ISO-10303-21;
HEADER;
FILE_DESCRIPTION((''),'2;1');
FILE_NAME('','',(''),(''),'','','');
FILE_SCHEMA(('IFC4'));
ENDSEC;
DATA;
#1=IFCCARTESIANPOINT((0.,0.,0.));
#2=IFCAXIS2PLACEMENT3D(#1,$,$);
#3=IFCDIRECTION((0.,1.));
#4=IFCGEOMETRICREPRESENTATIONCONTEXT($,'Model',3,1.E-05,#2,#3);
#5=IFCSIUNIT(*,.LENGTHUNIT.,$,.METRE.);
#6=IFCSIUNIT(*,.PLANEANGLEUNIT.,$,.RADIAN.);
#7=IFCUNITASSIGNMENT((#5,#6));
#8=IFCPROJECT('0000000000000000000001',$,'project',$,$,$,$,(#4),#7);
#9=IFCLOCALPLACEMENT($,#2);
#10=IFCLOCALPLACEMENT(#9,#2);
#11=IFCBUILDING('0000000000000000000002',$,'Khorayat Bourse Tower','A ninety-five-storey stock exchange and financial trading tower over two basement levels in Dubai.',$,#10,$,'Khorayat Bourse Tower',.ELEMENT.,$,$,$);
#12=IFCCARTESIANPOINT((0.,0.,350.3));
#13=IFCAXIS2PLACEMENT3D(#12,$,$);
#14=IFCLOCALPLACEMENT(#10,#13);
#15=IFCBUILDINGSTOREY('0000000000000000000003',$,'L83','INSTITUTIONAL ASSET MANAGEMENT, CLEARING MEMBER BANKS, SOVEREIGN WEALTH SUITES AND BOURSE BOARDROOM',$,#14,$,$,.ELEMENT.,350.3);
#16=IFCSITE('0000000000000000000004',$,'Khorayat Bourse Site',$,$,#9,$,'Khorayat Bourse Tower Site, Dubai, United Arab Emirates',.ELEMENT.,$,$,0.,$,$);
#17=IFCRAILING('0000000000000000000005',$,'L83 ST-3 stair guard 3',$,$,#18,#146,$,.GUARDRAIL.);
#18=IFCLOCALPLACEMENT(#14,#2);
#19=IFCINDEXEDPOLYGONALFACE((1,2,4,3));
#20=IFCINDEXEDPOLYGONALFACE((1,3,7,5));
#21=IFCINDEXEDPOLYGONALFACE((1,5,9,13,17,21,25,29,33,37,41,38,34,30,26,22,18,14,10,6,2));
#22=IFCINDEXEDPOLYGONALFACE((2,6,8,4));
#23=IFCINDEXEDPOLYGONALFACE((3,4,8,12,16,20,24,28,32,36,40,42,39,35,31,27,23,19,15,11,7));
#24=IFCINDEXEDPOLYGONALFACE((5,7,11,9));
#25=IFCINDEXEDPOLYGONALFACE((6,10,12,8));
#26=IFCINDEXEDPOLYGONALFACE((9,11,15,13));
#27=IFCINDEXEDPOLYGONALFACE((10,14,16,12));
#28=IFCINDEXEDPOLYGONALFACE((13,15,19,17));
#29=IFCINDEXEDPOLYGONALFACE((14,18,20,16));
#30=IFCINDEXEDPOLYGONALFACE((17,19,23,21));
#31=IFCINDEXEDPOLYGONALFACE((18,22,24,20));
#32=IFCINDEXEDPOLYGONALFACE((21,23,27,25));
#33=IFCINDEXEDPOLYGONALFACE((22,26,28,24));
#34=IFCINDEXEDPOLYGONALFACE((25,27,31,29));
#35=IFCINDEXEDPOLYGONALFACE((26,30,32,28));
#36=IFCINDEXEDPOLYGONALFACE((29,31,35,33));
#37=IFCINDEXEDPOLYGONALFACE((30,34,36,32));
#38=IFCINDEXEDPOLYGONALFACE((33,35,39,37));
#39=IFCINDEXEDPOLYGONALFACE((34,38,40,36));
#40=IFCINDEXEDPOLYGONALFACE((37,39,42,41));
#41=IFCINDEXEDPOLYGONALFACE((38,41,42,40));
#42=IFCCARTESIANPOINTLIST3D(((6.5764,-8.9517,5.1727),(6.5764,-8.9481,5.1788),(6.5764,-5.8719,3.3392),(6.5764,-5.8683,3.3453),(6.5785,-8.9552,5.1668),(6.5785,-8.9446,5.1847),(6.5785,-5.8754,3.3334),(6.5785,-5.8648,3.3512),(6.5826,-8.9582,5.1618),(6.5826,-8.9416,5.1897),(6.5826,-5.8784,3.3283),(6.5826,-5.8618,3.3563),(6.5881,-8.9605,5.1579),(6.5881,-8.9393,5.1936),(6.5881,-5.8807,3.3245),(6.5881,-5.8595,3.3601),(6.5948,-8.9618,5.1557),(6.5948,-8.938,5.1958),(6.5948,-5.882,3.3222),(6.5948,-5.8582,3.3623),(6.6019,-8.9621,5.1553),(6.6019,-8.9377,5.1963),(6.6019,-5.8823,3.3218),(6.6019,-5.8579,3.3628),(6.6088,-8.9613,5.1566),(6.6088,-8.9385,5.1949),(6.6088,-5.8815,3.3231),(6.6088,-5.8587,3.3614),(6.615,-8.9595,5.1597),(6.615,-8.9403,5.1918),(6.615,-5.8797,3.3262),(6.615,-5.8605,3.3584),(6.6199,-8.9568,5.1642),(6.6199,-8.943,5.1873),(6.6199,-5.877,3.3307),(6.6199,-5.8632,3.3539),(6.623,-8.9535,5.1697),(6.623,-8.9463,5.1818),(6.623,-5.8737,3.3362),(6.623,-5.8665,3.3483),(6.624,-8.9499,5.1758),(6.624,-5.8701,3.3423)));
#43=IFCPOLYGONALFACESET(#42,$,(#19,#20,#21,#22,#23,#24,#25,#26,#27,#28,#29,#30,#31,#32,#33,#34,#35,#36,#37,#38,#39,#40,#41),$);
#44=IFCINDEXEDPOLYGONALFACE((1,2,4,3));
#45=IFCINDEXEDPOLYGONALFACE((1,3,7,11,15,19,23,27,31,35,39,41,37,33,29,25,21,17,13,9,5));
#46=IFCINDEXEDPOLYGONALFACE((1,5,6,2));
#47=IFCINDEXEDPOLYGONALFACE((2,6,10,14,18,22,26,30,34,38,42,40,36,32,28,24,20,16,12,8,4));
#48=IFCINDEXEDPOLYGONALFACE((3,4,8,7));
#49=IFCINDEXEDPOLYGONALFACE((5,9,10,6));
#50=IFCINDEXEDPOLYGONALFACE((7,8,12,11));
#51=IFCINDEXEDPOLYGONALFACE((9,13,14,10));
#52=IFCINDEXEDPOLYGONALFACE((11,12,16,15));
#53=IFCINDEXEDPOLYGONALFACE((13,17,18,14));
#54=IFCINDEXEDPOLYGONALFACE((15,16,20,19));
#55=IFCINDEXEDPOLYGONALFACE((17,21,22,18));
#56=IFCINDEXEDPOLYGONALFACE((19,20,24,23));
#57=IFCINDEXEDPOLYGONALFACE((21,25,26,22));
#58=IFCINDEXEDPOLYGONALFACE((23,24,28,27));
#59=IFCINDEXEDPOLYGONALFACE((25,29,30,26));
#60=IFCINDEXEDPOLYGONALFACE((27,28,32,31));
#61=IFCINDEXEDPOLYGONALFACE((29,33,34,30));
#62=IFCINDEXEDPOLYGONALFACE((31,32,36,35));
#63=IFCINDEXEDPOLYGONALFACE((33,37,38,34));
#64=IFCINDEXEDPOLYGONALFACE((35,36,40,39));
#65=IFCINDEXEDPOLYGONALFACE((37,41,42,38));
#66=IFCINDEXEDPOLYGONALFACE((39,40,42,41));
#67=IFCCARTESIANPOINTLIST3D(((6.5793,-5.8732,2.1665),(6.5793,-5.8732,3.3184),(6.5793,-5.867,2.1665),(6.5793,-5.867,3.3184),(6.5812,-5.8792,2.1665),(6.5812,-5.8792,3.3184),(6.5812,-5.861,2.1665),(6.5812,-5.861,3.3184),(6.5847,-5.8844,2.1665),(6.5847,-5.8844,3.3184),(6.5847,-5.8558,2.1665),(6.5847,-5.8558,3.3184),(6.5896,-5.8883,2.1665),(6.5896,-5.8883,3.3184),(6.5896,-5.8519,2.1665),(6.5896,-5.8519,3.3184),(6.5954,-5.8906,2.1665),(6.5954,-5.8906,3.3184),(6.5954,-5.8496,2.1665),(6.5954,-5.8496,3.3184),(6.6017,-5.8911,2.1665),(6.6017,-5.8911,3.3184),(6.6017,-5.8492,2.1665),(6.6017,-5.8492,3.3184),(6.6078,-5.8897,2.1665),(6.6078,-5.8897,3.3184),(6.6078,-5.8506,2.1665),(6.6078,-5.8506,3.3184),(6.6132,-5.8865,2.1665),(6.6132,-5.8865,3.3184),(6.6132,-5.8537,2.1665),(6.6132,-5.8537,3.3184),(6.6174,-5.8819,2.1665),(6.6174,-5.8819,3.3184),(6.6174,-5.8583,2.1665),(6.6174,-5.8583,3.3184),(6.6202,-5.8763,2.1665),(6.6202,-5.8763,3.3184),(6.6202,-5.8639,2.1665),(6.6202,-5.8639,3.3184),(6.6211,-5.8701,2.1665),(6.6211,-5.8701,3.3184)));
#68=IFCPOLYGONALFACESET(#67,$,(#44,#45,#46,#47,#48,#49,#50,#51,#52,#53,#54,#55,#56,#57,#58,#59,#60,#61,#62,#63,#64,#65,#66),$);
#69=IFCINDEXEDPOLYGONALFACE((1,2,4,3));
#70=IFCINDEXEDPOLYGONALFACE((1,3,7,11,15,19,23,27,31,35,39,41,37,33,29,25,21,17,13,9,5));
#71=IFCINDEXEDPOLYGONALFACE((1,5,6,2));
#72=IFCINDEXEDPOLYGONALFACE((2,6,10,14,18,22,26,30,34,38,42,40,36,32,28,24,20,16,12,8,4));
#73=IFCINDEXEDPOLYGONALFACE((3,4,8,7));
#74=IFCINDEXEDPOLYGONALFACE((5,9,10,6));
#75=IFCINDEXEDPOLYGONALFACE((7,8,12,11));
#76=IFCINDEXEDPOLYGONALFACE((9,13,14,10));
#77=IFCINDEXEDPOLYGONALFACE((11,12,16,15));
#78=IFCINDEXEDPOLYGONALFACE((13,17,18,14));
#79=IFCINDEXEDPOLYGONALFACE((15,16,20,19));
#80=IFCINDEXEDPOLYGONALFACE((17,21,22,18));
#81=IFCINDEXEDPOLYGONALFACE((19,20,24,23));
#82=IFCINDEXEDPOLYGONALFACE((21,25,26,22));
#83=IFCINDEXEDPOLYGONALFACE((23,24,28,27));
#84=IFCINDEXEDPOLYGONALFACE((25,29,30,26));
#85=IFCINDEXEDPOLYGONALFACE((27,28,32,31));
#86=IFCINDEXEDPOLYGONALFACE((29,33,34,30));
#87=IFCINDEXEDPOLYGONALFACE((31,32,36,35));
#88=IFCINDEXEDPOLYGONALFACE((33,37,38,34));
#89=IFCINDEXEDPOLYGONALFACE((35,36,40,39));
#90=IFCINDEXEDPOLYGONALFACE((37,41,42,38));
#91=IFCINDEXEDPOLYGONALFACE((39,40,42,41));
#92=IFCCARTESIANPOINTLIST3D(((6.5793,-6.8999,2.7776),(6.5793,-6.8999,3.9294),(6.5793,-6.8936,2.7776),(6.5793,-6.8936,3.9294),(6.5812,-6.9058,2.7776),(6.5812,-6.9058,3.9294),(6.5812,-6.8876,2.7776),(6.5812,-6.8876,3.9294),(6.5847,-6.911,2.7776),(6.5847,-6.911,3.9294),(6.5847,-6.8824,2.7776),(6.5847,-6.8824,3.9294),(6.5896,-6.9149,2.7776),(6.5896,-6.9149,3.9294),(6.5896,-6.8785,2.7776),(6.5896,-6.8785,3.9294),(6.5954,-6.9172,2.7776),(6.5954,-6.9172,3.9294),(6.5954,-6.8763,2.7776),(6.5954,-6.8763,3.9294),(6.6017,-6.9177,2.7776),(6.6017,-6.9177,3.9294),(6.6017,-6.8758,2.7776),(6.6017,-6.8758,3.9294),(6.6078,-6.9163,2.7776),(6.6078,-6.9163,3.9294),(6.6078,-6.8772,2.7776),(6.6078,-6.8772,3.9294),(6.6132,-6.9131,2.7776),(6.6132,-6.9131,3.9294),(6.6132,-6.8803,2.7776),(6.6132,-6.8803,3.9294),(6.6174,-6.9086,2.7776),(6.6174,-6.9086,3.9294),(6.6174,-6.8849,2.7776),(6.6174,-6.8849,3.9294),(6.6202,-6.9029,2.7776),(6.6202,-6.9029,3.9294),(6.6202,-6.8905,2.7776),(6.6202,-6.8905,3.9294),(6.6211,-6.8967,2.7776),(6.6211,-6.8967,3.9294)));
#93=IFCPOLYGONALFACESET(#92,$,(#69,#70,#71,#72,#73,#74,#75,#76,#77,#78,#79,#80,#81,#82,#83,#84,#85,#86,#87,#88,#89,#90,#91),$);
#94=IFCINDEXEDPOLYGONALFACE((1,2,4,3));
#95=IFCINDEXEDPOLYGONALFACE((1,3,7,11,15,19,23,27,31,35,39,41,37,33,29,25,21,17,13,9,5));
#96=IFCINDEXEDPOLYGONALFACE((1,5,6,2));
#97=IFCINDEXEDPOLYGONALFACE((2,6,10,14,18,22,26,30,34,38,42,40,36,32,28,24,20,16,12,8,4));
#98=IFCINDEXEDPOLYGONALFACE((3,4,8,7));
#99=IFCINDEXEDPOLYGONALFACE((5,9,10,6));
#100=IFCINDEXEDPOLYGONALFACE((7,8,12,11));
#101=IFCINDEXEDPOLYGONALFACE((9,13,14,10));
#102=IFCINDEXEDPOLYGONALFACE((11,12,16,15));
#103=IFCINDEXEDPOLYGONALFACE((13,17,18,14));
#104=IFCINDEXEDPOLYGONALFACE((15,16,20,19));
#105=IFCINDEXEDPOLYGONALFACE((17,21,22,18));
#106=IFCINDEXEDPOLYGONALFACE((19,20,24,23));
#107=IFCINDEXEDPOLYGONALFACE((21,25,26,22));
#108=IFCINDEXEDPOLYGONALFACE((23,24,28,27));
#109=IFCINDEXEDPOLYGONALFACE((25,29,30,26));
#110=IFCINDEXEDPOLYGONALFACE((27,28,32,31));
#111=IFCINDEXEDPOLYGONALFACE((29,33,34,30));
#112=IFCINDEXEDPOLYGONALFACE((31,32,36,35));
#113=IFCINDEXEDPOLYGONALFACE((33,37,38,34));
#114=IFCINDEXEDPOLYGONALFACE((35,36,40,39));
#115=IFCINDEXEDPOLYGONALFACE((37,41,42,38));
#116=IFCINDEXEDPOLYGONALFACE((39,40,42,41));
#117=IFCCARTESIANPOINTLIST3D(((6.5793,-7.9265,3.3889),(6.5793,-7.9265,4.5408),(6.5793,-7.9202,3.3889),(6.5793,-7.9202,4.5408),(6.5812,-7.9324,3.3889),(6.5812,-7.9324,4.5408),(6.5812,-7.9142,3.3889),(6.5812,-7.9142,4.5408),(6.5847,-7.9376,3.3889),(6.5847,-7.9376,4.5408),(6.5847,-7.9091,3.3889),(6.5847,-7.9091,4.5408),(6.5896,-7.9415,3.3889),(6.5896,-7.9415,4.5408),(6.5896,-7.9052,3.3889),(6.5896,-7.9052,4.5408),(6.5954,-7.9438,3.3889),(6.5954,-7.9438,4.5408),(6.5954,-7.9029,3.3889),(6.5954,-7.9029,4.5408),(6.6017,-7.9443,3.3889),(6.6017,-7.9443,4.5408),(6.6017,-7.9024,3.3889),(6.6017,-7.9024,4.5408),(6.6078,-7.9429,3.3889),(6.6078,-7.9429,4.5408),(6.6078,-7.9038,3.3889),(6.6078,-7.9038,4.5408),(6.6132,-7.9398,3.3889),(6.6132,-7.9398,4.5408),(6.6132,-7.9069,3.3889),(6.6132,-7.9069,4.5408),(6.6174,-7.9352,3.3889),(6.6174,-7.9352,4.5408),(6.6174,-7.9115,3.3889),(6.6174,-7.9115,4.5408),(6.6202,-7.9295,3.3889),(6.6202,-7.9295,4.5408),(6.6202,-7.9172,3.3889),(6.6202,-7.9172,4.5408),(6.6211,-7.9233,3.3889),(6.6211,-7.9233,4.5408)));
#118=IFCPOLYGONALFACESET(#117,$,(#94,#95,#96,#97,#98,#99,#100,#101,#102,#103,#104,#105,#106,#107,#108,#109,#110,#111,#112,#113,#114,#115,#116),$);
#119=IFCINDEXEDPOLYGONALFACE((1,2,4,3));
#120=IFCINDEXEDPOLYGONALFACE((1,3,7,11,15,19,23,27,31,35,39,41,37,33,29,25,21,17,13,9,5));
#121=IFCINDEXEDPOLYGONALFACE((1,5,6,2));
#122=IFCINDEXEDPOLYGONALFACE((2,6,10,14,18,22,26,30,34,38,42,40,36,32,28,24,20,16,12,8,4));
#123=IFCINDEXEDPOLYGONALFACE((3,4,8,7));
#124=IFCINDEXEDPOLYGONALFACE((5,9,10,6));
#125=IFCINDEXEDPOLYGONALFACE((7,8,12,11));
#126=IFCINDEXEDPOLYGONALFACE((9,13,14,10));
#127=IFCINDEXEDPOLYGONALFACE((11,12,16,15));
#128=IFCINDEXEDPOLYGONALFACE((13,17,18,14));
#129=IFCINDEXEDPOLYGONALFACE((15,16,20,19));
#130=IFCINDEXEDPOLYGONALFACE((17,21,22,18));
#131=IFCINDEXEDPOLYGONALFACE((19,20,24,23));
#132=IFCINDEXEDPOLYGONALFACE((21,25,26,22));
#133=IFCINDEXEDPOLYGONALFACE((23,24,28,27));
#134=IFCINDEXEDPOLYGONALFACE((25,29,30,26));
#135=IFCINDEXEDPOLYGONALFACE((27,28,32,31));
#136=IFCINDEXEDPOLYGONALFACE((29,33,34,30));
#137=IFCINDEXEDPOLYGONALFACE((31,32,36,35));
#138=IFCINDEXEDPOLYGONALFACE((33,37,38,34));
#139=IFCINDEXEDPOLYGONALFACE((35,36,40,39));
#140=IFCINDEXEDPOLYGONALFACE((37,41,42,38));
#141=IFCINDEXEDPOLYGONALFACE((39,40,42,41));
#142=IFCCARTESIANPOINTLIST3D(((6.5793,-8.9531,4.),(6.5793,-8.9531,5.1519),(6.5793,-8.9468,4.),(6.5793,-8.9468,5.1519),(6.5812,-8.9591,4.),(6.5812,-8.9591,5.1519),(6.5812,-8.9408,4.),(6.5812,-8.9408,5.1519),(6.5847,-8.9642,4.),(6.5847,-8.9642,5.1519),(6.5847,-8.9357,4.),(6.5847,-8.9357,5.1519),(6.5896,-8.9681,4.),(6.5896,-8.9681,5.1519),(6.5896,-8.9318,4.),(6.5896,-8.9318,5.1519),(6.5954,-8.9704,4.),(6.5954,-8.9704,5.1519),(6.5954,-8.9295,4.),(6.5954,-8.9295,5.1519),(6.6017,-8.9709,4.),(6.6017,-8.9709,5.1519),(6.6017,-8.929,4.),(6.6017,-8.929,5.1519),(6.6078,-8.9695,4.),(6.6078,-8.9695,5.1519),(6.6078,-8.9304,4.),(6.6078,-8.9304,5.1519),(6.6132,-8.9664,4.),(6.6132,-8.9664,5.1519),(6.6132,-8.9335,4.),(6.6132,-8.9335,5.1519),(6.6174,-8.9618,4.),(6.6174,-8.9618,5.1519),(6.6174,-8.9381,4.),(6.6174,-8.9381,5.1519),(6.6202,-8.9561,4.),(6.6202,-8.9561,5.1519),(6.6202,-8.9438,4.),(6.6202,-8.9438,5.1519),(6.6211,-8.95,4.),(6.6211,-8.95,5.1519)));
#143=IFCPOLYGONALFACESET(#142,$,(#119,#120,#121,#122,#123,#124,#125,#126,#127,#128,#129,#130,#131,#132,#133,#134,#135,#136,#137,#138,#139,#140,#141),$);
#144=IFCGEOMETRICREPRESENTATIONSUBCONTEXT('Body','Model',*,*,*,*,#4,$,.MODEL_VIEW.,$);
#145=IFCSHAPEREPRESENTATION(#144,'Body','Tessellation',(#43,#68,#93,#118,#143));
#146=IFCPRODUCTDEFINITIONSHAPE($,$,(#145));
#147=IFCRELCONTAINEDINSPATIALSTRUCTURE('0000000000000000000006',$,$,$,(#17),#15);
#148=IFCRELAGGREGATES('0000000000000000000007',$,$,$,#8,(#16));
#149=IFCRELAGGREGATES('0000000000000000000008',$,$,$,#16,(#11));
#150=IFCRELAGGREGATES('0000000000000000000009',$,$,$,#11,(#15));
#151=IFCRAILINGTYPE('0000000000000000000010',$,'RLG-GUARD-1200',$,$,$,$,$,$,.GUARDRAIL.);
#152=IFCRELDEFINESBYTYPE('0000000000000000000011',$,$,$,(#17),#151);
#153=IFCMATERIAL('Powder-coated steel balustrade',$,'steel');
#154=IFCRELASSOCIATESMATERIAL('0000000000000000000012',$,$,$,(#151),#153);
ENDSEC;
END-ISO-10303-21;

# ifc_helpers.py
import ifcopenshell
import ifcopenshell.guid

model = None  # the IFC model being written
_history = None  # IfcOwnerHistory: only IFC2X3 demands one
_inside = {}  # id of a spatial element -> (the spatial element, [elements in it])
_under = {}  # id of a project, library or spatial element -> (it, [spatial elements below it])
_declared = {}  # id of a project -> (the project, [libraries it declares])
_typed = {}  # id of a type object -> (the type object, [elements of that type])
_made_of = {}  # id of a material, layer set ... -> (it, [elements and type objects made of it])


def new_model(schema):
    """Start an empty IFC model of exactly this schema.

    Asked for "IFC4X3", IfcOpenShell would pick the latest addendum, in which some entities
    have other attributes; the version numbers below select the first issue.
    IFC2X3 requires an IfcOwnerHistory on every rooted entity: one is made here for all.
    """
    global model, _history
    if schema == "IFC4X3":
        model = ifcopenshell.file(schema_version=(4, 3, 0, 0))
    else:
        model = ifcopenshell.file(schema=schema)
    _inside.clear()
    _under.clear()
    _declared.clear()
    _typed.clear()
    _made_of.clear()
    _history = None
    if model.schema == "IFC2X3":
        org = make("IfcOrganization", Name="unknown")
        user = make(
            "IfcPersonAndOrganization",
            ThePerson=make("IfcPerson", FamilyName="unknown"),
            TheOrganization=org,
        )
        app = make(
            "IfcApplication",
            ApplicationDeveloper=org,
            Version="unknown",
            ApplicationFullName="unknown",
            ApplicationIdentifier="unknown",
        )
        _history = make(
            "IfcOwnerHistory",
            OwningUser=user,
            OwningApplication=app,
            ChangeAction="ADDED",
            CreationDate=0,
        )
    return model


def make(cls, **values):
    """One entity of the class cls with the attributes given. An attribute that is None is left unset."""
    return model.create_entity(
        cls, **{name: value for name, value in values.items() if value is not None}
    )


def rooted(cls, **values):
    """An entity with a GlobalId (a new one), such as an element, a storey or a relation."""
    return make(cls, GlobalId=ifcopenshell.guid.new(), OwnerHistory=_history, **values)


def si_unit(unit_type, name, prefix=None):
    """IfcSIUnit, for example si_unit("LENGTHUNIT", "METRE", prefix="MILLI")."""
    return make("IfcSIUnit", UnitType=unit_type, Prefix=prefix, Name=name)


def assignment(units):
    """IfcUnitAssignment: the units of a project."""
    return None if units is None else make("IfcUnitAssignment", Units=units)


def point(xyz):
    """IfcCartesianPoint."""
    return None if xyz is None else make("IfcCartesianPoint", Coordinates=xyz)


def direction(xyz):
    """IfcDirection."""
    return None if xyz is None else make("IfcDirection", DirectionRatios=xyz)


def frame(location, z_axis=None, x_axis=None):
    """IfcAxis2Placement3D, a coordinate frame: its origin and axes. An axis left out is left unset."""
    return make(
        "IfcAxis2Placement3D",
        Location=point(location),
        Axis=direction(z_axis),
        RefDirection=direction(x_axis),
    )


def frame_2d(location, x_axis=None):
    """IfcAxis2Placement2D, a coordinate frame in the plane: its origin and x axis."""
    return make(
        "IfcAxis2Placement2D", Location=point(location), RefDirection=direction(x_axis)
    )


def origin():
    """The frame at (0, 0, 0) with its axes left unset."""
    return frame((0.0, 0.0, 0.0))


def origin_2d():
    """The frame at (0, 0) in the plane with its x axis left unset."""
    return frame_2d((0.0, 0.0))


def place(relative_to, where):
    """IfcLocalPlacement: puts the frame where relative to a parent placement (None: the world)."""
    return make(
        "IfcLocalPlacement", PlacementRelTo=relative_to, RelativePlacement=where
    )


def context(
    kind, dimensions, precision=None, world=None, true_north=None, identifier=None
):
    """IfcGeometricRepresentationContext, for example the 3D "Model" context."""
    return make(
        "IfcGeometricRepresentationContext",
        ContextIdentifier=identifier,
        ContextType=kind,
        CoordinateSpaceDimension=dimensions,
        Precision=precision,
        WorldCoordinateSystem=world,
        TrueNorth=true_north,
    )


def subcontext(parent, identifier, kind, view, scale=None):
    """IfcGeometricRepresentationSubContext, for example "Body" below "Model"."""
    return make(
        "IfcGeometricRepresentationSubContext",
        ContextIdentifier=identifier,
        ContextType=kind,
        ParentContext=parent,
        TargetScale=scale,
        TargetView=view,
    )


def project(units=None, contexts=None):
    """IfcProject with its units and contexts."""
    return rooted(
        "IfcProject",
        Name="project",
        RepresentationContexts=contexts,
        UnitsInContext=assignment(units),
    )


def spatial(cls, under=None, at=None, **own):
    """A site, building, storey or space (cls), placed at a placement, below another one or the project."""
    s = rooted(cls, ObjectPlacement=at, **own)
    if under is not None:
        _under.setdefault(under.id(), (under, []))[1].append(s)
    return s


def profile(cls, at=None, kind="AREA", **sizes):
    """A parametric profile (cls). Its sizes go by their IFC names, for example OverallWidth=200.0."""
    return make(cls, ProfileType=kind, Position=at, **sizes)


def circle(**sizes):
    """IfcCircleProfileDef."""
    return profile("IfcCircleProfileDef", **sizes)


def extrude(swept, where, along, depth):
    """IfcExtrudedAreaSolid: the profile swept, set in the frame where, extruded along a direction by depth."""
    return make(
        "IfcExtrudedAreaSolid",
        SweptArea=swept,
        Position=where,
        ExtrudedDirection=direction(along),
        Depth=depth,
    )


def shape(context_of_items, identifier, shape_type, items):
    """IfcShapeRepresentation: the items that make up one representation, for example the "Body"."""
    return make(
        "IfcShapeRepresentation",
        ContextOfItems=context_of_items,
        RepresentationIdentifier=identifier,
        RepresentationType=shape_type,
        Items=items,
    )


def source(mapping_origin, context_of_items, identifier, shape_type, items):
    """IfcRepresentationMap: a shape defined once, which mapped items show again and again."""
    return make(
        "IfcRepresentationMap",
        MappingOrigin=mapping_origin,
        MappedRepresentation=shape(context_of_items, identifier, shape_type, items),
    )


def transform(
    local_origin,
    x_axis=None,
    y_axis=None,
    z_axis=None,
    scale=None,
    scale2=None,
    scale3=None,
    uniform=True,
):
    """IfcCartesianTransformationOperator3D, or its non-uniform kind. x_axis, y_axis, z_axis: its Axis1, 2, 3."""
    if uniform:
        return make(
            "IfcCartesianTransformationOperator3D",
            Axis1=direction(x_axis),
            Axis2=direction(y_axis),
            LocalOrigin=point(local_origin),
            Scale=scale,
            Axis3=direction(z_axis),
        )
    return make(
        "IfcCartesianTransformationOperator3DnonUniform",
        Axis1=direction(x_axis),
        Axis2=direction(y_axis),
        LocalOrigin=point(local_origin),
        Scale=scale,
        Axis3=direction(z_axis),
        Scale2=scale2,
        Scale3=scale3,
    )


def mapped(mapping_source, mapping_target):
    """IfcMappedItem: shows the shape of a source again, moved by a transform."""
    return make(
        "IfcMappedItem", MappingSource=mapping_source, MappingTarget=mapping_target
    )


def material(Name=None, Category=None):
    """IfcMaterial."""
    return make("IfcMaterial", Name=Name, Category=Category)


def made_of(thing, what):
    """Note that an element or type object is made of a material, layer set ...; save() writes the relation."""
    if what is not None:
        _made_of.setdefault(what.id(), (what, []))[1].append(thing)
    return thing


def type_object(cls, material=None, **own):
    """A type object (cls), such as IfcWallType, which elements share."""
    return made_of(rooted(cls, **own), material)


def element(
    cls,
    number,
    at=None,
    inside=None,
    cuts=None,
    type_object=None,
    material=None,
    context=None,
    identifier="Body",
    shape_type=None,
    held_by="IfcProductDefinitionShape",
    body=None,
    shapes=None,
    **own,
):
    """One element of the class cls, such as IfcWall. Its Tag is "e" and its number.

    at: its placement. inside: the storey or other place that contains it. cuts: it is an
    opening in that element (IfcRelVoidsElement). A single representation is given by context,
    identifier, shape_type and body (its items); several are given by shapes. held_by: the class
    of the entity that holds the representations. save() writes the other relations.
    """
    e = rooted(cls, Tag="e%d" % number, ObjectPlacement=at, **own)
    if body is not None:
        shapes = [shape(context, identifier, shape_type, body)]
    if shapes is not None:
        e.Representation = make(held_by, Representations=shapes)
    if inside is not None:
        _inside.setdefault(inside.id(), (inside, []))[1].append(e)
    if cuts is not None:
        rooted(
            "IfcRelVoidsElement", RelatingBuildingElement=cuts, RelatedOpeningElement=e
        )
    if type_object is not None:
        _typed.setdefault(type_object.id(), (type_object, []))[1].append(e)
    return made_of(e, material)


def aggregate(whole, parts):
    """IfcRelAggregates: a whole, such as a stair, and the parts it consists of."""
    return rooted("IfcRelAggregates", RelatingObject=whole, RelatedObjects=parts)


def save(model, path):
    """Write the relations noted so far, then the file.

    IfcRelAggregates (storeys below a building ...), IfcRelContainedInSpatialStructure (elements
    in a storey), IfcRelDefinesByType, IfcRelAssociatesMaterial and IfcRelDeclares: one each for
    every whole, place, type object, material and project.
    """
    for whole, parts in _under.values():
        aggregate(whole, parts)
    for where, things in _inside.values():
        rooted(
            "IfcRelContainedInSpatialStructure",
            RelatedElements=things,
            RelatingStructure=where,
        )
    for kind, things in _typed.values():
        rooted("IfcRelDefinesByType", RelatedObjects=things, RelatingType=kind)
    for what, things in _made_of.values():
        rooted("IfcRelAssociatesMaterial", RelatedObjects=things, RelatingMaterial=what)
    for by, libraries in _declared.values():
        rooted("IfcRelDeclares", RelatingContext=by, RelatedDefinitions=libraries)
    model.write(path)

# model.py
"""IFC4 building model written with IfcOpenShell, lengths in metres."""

from ifc_helpers import new_model, si_unit, direction, frame, origin, origin_2d, place, context, subcontext, project, spatial, circle, extrude, source, transform, mapped, material, type_object, element, save


model = new_model("IFC4")

# Units and contexts
model_context = context("Model", 3, precision=1e-05, world=origin(), true_north=direction((0.0, 1.0)))
body_context = subcontext(model_context, "Body", "Model", "MODEL_VIEW")
ifc_project = project(units=[si_unit("LENGTHUNIT", "METRE"), si_unit("PLANEANGLEUNIT", "RADIAN")], contexts=[model_context])

# Site, building, storey
site_placement = place(None, origin())
site = spatial("IfcSite", under=ifc_project, at=site_placement, Name="Khorayat Bourse Site", LongName="Khorayat Bourse Tower Site, Dubai, United Arab Emirates", CompositionType="ELEMENT", RefElevation=0.0)
building_placement = place(site_placement, origin())
building = spatial("IfcBuilding", under=site, at=building_placement, Name="Khorayat Bourse Tower", Description="A ninety-five-storey stock exchange and financial trading tower over two basement levels in Dubai.", LongName="Khorayat Bourse Tower", CompositionType="ELEMENT")
storey_placement = place(building_placement, frame((0.0, 0.0, 350.3)))
storey = spatial("IfcBuildingStorey", under=building, at=storey_placement, Name="L83", Description="INSTITUTIONAL ASSET MANAGEMENT, CLEARING MEMBER BANKS, SOVEREIGN WEALTH SUITES AND BOURSE BOARDROOM", CompositionType="ELEMENT", Elevation=350.3)

# Railing
ifc_material_1 = material(Name="Powder-coated steel balustrade", Category="steel")
railing_type_1 = type_object("IfcRailingType", Name="RLG-GUARD-1200", PredefinedType="GUARDRAIL", material=ifc_material_1)
shared_shape_1 = source(origin(), body_context, "Body", "SweptSolid", [
    extrude(circle(Radius=0.0239, at=origin_2d()), frame((0.0, 0.0, 1.1758), z_axis=(0.0, -0.859261, 0.511538), x_axis=(1.0, 0.0, 0.0)), (0.0, 0.0, 1.0), 3.5842),
    extrude(circle(Radius=0.021, at=origin_2d()), origin(), (0.0, 0.0, 1.0), 1.1519),
    extrude(circle(Radius=0.021, at=origin_2d()), frame((0.0, -1.0266, 0.6111)), (0.0, 0.0, 1.0), 1.1519),
    extrude(circle(Radius=0.021, at=origin_2d()), frame((0.0, -2.0532, 1.2224)), (0.0, 0.0, 1.0), 1.1519),
    extrude(circle(Radius=0.021, at=origin_2d()), frame((0.0, -3.0798, 1.8335)), (0.0, 0.0, 1.0), 1.1519),
])
railing_1_placement = place(storey_placement, frame((6.6001, -5.8701, 2.1665)))
element("IfcRailing", 1, at=railing_1_placement, inside=storey, type_object=railing_type_1, Name="L83 ST-3 stair guard 3", PredefinedType="GUARDRAIL", context=body_context, shape_type="MappedRepresentation", body=[
    mapped(shared_shape_1, transform((0.0, 0.0, 0.0), scale=1.0)),
])

save(model, "model.ifc")
